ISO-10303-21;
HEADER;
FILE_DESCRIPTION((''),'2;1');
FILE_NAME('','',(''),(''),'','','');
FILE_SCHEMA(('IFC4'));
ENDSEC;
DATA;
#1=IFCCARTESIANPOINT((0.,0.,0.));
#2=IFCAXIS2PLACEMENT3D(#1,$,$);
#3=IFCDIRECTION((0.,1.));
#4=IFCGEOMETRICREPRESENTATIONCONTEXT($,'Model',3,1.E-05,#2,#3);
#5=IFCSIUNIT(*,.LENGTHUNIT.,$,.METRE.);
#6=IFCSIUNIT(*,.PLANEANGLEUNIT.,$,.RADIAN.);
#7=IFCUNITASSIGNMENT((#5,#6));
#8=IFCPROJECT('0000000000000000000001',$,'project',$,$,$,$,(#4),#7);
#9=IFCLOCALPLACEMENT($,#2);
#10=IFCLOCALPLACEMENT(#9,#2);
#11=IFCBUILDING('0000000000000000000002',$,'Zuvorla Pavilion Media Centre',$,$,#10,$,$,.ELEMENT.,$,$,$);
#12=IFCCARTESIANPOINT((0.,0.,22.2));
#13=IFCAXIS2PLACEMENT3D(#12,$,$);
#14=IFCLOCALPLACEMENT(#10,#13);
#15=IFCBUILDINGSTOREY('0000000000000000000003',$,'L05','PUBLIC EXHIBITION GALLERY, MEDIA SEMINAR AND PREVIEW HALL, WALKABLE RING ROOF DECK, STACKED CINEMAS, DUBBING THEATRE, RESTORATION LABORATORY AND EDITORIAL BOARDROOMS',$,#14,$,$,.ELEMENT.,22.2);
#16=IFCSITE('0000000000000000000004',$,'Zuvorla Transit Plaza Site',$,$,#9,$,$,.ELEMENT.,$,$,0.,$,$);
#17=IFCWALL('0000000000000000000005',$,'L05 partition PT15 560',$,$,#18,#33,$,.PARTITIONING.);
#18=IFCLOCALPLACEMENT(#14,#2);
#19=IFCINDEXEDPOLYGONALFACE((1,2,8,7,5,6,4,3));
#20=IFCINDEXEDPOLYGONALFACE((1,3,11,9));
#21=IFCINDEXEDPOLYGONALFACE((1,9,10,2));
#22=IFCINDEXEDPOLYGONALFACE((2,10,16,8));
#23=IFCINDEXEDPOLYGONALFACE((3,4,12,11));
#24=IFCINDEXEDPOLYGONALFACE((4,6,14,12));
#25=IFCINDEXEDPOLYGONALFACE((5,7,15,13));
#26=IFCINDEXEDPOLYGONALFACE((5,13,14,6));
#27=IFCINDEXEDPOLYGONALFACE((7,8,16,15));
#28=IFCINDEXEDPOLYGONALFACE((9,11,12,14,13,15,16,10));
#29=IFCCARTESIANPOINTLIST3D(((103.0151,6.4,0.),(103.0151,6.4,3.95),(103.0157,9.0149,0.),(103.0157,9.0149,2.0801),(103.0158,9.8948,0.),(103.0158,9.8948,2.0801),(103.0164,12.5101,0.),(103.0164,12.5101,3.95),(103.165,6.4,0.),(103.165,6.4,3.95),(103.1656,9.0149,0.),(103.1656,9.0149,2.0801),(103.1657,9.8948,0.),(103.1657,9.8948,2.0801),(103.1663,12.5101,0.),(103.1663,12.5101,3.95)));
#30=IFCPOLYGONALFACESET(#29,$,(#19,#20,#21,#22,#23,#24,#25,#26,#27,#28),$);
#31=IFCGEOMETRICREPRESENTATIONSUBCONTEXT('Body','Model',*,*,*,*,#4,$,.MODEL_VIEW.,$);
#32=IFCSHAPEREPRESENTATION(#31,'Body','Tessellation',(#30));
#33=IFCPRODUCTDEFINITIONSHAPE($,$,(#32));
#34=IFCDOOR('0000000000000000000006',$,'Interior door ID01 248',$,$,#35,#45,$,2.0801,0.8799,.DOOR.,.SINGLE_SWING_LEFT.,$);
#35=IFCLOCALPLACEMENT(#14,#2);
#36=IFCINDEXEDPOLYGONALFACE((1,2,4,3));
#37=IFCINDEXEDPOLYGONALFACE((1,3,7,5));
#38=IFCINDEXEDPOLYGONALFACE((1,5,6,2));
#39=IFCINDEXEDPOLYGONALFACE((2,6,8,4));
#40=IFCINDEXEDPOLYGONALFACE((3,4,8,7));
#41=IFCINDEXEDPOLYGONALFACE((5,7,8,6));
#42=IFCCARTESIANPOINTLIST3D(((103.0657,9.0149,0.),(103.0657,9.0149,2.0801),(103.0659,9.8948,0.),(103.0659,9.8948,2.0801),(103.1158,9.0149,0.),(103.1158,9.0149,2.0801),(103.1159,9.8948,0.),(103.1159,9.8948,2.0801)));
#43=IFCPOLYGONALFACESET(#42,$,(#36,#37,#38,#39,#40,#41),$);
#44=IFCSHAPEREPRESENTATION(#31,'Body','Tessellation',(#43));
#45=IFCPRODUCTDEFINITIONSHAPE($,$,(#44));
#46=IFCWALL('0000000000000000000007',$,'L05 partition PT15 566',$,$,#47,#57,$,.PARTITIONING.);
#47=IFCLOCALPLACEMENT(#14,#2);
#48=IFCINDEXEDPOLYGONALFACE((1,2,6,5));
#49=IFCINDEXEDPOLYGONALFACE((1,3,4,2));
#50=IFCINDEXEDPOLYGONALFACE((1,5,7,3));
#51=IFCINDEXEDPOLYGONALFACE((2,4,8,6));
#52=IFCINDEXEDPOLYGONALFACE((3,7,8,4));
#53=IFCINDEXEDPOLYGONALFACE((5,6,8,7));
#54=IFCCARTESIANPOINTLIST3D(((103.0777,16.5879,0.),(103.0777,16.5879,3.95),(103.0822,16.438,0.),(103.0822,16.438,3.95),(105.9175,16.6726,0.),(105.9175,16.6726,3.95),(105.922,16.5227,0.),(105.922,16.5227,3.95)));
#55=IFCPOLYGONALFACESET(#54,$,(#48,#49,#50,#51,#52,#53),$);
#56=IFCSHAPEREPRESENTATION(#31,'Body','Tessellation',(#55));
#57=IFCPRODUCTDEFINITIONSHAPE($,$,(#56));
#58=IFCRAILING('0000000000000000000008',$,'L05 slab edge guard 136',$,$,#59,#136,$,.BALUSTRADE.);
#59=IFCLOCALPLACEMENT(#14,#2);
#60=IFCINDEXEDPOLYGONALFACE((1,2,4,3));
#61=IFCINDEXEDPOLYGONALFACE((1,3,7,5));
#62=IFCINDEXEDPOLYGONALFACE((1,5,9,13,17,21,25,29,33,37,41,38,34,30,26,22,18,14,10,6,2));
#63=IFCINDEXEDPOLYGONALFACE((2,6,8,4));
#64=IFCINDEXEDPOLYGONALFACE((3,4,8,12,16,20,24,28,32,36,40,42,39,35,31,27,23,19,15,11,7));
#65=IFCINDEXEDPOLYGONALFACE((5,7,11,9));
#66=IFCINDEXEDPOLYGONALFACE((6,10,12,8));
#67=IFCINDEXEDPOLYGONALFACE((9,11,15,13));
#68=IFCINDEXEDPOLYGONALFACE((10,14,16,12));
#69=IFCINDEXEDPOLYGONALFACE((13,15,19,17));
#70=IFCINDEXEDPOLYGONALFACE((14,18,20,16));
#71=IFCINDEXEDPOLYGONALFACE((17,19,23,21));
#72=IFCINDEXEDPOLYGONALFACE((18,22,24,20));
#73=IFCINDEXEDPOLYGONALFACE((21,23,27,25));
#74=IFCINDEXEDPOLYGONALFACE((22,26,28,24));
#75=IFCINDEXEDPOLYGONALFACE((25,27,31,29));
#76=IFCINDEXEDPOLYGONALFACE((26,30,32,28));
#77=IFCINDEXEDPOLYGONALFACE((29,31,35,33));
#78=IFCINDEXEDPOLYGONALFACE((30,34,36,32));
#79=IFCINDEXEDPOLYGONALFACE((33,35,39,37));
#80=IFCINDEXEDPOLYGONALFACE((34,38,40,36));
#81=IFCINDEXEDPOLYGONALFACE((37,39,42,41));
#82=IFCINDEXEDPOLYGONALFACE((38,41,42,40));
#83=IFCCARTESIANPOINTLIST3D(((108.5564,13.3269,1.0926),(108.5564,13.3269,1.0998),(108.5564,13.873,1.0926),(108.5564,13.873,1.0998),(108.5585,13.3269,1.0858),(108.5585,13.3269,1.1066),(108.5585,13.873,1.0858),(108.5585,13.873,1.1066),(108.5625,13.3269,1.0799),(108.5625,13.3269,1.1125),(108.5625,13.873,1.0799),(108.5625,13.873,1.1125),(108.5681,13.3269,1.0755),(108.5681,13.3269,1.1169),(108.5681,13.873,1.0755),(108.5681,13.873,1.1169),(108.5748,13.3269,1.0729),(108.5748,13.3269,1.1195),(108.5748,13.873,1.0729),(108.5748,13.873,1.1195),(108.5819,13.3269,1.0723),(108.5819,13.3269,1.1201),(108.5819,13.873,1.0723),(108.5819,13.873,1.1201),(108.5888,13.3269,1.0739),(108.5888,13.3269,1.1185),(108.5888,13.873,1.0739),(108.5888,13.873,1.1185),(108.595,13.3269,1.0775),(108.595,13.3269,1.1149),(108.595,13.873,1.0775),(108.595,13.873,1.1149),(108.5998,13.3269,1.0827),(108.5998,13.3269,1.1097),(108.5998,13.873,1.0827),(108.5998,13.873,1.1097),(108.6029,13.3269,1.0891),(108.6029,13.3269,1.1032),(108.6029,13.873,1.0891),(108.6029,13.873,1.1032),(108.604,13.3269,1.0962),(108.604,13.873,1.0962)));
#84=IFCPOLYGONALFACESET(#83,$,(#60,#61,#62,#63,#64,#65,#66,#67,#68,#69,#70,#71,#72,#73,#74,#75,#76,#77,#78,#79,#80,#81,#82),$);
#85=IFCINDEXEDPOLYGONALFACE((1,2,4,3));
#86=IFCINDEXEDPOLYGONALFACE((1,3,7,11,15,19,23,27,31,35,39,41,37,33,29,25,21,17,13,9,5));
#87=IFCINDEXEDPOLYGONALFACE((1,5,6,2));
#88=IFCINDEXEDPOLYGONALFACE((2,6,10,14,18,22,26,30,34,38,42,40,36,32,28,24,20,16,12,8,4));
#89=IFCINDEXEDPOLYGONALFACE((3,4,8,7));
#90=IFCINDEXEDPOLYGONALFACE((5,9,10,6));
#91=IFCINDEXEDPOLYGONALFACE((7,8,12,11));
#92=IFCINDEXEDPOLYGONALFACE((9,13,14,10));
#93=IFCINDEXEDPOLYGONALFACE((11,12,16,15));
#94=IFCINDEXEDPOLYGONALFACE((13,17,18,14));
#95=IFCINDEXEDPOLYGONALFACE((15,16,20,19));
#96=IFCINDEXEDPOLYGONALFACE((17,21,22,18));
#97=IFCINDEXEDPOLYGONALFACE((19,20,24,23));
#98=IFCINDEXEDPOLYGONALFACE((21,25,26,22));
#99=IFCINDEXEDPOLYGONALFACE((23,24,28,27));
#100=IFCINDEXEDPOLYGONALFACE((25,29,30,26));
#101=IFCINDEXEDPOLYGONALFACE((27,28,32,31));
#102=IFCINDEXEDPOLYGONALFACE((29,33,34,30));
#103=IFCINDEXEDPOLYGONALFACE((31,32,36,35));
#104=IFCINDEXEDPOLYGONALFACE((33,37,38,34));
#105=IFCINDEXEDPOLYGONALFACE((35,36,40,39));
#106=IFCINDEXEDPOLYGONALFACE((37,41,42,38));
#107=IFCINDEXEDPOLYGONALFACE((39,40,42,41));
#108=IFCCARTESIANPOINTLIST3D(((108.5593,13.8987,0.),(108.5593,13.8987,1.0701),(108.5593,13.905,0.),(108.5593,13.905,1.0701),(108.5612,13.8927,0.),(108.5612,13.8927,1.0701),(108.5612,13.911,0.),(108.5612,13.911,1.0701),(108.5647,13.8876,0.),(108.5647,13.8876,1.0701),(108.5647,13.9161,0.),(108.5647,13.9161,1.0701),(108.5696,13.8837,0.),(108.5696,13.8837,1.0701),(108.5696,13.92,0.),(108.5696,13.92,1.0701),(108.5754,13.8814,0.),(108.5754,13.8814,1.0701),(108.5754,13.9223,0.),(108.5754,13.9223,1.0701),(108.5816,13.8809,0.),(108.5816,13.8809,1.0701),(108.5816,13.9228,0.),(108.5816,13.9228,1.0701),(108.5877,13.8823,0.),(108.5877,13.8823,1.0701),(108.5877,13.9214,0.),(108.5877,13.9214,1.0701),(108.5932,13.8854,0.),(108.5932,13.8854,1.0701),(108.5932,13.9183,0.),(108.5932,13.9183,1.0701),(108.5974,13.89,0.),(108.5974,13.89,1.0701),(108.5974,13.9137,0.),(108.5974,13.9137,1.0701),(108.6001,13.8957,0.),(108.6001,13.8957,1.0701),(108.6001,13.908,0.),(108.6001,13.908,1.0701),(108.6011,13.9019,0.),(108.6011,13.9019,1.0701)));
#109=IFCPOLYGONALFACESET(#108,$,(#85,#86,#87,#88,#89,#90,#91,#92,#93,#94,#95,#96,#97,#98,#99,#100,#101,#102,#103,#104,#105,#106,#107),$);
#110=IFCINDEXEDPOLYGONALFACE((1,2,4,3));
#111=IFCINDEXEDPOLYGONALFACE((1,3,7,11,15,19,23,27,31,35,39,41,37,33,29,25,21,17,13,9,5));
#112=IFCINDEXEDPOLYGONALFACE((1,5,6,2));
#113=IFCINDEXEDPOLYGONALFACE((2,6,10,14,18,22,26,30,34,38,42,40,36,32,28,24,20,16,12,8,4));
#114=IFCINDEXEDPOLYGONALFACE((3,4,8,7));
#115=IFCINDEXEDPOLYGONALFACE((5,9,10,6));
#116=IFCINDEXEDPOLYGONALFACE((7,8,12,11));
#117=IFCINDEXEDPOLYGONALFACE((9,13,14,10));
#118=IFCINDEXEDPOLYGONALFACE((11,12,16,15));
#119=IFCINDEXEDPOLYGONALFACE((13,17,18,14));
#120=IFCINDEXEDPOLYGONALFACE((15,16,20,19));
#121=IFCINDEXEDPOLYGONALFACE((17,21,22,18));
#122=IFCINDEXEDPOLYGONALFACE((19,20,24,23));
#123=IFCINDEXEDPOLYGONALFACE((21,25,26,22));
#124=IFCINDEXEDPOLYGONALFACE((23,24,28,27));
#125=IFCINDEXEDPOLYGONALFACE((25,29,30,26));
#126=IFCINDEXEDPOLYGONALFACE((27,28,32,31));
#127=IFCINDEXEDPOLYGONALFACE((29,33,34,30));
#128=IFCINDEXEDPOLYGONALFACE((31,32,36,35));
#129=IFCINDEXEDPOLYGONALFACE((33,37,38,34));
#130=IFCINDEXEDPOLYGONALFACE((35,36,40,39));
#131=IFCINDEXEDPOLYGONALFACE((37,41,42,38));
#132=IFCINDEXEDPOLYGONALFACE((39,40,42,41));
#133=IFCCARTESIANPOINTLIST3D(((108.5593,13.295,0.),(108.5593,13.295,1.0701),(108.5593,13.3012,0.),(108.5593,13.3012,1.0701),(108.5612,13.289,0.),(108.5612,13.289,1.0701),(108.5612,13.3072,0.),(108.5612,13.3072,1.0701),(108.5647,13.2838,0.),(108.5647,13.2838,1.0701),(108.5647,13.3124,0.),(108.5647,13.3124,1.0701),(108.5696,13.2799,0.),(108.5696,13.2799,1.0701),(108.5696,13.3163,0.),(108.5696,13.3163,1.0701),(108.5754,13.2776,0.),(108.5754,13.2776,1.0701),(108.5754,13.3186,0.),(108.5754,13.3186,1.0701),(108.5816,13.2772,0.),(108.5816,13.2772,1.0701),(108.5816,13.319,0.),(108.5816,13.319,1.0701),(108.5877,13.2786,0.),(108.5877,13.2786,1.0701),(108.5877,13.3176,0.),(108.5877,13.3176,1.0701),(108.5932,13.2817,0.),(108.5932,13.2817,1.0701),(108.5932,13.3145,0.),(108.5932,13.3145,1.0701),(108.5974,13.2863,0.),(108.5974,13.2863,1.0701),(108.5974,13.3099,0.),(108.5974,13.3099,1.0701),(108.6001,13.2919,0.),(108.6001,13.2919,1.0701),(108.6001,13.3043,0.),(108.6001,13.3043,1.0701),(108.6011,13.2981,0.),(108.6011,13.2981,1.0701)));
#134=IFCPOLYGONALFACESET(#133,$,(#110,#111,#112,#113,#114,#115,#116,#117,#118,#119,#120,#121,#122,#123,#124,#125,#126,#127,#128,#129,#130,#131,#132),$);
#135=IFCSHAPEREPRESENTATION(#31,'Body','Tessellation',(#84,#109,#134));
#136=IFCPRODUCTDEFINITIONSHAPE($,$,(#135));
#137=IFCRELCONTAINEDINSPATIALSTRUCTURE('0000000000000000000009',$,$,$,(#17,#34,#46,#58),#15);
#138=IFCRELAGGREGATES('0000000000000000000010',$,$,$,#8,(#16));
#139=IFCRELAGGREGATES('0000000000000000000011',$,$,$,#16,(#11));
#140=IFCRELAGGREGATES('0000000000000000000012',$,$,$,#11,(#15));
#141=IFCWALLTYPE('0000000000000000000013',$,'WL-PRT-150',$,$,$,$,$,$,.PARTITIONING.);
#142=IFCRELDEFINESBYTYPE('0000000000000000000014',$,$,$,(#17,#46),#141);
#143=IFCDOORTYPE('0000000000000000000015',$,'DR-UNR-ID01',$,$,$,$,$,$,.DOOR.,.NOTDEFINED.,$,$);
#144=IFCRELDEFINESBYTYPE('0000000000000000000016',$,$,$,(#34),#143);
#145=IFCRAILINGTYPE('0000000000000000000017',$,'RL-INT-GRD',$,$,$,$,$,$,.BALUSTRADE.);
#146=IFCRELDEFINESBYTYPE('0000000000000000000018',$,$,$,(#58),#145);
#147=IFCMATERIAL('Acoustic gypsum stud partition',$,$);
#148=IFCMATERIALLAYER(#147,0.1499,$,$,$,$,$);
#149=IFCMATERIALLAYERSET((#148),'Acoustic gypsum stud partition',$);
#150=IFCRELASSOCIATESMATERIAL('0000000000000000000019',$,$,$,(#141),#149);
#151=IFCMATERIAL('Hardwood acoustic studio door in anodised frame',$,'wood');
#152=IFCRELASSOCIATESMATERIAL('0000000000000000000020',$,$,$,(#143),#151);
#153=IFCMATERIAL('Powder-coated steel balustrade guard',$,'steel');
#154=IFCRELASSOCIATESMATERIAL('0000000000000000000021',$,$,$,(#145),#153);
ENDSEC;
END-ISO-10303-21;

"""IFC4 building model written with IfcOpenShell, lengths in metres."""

from ifc_helpers import new_model, si_unit, direction, frame, frame_2d, origin, origin_2d, place, context, subcontext, project, spatial, rectangle, circle, extrude, material, layer, layer_set, type_object, element, fill, save


model = new_model("IFC4")

# Units and contexts
model_context = context("Model", 3, precision=1e-05, world=origin(), true_north=direction((0.0, 1.0)))
body_context = subcontext(model_context, "Body", "Model", "MODEL_VIEW")
ifc_project = project(units=[si_unit("LENGTHUNIT", "METRE"), si_unit("PLANEANGLEUNIT", "RADIAN")], contexts=[model_context])

# Site, building, storey
site_placement = place(None, origin())
site = spatial("IfcSite", under=ifc_project, at=site_placement, Name="Zuvorla Transit Plaza Site", CompositionType="ELEMENT", RefElevation=0.0)
building_placement = place(site_placement, origin())
building = spatial("IfcBuilding", under=site, at=building_placement, Name="Zuvorla Pavilion Media Centre", CompositionType="ELEMENT")
storey_placement = place(building_placement, frame((0.0, 0.0, 22.2)))
storey = spatial("IfcBuildingStorey", under=building, at=storey_placement, Name="L05", Description="PUBLIC EXHIBITION GALLERY, MEDIA SEMINAR AND PREVIEW HALL, WALKABLE RING ROOF DECK, STACKED CINEMAS, DUBBING THEATRE, RESTORATION LABORATORY AND EDITORIAL BOARDROOMS", CompositionType="ELEMENT", Elevation=22.2)

# Shared definitions
ifc_material_1 = material(Name="Hardwood acoustic studio door in anodised frame", Category="wood")

# Wall, opening, door
ifc_material_2 = material(Name="Acoustic gypsum stud partition")
ifc_layer_1 = layer(ifc_material_2, 0.1499)
ifc_layer_set_1 = layer_set([ifc_layer_1], Name="Acoustic gypsum stud partition")
wall_type_1 = type_object("IfcWallType", Name="WL-PRT-150", PredefinedType="PARTITIONING", material=ifc_layer_set_1)
wall_1_placement = place(storey_placement, frame((103.0901, 6.3999, 0.0), z_axis=(0.0, 0.0, 1.0), x_axis=(0.0002, 1.0, 0.0)))
wall_1 = element("IfcWall", 1, at=wall_1_placement, inside=storey, type_object=wall_type_1, Name="L05 partition PT15 560", PredefinedType="PARTITIONING", context=body_context, shape_type="SweptSolid", body=[
    extrude(rectangle(XDim=6.1101, YDim=0.1499, at=frame_2d((3.0552, 0.0))), origin(), (0.0, 0.0, 1.0), 3.95),
])
opening_1_placement = place(wall_1_placement, frame((2.615, 0.0, 0.0)))
opening_1 = element("IfcOpeningElement", 2, at=opening_1_placement, cuts=wall_1, PredefinedType="OPENING", context=body_context, shape_type="SweptSolid", body=[
    extrude(rectangle(XDim=0.8799, YDim=2.0801, at=frame_2d((0.4399, 1.04))), frame((0.0, 0.085, 0.0), z_axis=(0.0, -1.0, 0.0), x_axis=(1.0, 0.0, 0.0)), (0.0, 0.0, 1.0), 0.1699),
])
door_type_1 = type_object("IfcDoorType", Name="DR-UNR-ID01", OperationType="NOTDEFINED", PredefinedType="DOOR", material=ifc_material_1)
door_1_placement = place(opening_1_placement, origin())
door_1 = element("IfcDoor", 3, at=door_1_placement, inside=storey, type_object=door_type_1, Name="Interior door ID01 248", OperationType="SINGLE_SWING_LEFT", OverallHeight=2.0801, OverallWidth=0.8799, PredefinedType="DOOR", context=body_context, shape_type="SweptSolid", body=[
    extrude(rectangle(XDim=0.8799, YDim=2.0801, at=frame_2d((0.4399, 1.04))), frame((0.0, 0.0249, 0.0), z_axis=(0.0, -1.0, 0.0), x_axis=(1.0, 0.0, 0.0)), (0.0, 0.0, 1.0), 0.05),
])
fill(opening_1, door_1)

# Wall
wall_2_placement = place(storey_placement, frame((103.0801, 16.5129, 0.0), z_axis=(0.0, 0.0, 1.0), x_axis=(0.999555, 0.029818, 0.0)))
element("IfcWall", 4, at=wall_2_placement, inside=storey, type_object=wall_type_1, Name="L05 partition PT15 566", PredefinedType="PARTITIONING", context=body_context, shape_type="SweptSolid", body=[
    extrude(rectangle(XDim=2.8411, YDim=0.1499, at=frame_2d((1.4204, 0.0))), origin(), (0.0, 0.0, 1.0), 3.95),
])

# Railing
ifc_material_3 = material(Name="Powder-coated steel balustrade guard", Category="steel")
railing_type = type_object("IfcRailingType", Name="RL-INT-GRD", PredefinedType="BALUSTRADE", material=ifc_material_3)
railing_1_placement = place(storey_placement, frame((108.5801, 13.9019, 0.0)))
element("IfcRailing", 5, at=railing_1_placement, inside=storey, type_object=railing_type, Name="L05 slab edge guard 136", PredefinedType="BALUSTRADE", context=body_context, shape_type="SweptSolid", body=[
    extrude(circle(Radius=0.0239, at=origin_2d()), frame((0.0, -0.0288, 1.0962), z_axis=(0.0, -1.0, 0.0), x_axis=(1.0, 0.0, 0.0)), (0.0, 0.0, 1.0), 0.5461),
    extrude(circle(Radius=0.021, at=origin_2d()), origin(), (0.0, 0.0, 1.0), 1.0701),
    extrude(circle(Radius=0.021, at=origin_2d()), frame((0.0, -0.6038, 0.0)), (0.0, 0.0, 1.0), 1.0701),
])

save(model, "model.ifc")
